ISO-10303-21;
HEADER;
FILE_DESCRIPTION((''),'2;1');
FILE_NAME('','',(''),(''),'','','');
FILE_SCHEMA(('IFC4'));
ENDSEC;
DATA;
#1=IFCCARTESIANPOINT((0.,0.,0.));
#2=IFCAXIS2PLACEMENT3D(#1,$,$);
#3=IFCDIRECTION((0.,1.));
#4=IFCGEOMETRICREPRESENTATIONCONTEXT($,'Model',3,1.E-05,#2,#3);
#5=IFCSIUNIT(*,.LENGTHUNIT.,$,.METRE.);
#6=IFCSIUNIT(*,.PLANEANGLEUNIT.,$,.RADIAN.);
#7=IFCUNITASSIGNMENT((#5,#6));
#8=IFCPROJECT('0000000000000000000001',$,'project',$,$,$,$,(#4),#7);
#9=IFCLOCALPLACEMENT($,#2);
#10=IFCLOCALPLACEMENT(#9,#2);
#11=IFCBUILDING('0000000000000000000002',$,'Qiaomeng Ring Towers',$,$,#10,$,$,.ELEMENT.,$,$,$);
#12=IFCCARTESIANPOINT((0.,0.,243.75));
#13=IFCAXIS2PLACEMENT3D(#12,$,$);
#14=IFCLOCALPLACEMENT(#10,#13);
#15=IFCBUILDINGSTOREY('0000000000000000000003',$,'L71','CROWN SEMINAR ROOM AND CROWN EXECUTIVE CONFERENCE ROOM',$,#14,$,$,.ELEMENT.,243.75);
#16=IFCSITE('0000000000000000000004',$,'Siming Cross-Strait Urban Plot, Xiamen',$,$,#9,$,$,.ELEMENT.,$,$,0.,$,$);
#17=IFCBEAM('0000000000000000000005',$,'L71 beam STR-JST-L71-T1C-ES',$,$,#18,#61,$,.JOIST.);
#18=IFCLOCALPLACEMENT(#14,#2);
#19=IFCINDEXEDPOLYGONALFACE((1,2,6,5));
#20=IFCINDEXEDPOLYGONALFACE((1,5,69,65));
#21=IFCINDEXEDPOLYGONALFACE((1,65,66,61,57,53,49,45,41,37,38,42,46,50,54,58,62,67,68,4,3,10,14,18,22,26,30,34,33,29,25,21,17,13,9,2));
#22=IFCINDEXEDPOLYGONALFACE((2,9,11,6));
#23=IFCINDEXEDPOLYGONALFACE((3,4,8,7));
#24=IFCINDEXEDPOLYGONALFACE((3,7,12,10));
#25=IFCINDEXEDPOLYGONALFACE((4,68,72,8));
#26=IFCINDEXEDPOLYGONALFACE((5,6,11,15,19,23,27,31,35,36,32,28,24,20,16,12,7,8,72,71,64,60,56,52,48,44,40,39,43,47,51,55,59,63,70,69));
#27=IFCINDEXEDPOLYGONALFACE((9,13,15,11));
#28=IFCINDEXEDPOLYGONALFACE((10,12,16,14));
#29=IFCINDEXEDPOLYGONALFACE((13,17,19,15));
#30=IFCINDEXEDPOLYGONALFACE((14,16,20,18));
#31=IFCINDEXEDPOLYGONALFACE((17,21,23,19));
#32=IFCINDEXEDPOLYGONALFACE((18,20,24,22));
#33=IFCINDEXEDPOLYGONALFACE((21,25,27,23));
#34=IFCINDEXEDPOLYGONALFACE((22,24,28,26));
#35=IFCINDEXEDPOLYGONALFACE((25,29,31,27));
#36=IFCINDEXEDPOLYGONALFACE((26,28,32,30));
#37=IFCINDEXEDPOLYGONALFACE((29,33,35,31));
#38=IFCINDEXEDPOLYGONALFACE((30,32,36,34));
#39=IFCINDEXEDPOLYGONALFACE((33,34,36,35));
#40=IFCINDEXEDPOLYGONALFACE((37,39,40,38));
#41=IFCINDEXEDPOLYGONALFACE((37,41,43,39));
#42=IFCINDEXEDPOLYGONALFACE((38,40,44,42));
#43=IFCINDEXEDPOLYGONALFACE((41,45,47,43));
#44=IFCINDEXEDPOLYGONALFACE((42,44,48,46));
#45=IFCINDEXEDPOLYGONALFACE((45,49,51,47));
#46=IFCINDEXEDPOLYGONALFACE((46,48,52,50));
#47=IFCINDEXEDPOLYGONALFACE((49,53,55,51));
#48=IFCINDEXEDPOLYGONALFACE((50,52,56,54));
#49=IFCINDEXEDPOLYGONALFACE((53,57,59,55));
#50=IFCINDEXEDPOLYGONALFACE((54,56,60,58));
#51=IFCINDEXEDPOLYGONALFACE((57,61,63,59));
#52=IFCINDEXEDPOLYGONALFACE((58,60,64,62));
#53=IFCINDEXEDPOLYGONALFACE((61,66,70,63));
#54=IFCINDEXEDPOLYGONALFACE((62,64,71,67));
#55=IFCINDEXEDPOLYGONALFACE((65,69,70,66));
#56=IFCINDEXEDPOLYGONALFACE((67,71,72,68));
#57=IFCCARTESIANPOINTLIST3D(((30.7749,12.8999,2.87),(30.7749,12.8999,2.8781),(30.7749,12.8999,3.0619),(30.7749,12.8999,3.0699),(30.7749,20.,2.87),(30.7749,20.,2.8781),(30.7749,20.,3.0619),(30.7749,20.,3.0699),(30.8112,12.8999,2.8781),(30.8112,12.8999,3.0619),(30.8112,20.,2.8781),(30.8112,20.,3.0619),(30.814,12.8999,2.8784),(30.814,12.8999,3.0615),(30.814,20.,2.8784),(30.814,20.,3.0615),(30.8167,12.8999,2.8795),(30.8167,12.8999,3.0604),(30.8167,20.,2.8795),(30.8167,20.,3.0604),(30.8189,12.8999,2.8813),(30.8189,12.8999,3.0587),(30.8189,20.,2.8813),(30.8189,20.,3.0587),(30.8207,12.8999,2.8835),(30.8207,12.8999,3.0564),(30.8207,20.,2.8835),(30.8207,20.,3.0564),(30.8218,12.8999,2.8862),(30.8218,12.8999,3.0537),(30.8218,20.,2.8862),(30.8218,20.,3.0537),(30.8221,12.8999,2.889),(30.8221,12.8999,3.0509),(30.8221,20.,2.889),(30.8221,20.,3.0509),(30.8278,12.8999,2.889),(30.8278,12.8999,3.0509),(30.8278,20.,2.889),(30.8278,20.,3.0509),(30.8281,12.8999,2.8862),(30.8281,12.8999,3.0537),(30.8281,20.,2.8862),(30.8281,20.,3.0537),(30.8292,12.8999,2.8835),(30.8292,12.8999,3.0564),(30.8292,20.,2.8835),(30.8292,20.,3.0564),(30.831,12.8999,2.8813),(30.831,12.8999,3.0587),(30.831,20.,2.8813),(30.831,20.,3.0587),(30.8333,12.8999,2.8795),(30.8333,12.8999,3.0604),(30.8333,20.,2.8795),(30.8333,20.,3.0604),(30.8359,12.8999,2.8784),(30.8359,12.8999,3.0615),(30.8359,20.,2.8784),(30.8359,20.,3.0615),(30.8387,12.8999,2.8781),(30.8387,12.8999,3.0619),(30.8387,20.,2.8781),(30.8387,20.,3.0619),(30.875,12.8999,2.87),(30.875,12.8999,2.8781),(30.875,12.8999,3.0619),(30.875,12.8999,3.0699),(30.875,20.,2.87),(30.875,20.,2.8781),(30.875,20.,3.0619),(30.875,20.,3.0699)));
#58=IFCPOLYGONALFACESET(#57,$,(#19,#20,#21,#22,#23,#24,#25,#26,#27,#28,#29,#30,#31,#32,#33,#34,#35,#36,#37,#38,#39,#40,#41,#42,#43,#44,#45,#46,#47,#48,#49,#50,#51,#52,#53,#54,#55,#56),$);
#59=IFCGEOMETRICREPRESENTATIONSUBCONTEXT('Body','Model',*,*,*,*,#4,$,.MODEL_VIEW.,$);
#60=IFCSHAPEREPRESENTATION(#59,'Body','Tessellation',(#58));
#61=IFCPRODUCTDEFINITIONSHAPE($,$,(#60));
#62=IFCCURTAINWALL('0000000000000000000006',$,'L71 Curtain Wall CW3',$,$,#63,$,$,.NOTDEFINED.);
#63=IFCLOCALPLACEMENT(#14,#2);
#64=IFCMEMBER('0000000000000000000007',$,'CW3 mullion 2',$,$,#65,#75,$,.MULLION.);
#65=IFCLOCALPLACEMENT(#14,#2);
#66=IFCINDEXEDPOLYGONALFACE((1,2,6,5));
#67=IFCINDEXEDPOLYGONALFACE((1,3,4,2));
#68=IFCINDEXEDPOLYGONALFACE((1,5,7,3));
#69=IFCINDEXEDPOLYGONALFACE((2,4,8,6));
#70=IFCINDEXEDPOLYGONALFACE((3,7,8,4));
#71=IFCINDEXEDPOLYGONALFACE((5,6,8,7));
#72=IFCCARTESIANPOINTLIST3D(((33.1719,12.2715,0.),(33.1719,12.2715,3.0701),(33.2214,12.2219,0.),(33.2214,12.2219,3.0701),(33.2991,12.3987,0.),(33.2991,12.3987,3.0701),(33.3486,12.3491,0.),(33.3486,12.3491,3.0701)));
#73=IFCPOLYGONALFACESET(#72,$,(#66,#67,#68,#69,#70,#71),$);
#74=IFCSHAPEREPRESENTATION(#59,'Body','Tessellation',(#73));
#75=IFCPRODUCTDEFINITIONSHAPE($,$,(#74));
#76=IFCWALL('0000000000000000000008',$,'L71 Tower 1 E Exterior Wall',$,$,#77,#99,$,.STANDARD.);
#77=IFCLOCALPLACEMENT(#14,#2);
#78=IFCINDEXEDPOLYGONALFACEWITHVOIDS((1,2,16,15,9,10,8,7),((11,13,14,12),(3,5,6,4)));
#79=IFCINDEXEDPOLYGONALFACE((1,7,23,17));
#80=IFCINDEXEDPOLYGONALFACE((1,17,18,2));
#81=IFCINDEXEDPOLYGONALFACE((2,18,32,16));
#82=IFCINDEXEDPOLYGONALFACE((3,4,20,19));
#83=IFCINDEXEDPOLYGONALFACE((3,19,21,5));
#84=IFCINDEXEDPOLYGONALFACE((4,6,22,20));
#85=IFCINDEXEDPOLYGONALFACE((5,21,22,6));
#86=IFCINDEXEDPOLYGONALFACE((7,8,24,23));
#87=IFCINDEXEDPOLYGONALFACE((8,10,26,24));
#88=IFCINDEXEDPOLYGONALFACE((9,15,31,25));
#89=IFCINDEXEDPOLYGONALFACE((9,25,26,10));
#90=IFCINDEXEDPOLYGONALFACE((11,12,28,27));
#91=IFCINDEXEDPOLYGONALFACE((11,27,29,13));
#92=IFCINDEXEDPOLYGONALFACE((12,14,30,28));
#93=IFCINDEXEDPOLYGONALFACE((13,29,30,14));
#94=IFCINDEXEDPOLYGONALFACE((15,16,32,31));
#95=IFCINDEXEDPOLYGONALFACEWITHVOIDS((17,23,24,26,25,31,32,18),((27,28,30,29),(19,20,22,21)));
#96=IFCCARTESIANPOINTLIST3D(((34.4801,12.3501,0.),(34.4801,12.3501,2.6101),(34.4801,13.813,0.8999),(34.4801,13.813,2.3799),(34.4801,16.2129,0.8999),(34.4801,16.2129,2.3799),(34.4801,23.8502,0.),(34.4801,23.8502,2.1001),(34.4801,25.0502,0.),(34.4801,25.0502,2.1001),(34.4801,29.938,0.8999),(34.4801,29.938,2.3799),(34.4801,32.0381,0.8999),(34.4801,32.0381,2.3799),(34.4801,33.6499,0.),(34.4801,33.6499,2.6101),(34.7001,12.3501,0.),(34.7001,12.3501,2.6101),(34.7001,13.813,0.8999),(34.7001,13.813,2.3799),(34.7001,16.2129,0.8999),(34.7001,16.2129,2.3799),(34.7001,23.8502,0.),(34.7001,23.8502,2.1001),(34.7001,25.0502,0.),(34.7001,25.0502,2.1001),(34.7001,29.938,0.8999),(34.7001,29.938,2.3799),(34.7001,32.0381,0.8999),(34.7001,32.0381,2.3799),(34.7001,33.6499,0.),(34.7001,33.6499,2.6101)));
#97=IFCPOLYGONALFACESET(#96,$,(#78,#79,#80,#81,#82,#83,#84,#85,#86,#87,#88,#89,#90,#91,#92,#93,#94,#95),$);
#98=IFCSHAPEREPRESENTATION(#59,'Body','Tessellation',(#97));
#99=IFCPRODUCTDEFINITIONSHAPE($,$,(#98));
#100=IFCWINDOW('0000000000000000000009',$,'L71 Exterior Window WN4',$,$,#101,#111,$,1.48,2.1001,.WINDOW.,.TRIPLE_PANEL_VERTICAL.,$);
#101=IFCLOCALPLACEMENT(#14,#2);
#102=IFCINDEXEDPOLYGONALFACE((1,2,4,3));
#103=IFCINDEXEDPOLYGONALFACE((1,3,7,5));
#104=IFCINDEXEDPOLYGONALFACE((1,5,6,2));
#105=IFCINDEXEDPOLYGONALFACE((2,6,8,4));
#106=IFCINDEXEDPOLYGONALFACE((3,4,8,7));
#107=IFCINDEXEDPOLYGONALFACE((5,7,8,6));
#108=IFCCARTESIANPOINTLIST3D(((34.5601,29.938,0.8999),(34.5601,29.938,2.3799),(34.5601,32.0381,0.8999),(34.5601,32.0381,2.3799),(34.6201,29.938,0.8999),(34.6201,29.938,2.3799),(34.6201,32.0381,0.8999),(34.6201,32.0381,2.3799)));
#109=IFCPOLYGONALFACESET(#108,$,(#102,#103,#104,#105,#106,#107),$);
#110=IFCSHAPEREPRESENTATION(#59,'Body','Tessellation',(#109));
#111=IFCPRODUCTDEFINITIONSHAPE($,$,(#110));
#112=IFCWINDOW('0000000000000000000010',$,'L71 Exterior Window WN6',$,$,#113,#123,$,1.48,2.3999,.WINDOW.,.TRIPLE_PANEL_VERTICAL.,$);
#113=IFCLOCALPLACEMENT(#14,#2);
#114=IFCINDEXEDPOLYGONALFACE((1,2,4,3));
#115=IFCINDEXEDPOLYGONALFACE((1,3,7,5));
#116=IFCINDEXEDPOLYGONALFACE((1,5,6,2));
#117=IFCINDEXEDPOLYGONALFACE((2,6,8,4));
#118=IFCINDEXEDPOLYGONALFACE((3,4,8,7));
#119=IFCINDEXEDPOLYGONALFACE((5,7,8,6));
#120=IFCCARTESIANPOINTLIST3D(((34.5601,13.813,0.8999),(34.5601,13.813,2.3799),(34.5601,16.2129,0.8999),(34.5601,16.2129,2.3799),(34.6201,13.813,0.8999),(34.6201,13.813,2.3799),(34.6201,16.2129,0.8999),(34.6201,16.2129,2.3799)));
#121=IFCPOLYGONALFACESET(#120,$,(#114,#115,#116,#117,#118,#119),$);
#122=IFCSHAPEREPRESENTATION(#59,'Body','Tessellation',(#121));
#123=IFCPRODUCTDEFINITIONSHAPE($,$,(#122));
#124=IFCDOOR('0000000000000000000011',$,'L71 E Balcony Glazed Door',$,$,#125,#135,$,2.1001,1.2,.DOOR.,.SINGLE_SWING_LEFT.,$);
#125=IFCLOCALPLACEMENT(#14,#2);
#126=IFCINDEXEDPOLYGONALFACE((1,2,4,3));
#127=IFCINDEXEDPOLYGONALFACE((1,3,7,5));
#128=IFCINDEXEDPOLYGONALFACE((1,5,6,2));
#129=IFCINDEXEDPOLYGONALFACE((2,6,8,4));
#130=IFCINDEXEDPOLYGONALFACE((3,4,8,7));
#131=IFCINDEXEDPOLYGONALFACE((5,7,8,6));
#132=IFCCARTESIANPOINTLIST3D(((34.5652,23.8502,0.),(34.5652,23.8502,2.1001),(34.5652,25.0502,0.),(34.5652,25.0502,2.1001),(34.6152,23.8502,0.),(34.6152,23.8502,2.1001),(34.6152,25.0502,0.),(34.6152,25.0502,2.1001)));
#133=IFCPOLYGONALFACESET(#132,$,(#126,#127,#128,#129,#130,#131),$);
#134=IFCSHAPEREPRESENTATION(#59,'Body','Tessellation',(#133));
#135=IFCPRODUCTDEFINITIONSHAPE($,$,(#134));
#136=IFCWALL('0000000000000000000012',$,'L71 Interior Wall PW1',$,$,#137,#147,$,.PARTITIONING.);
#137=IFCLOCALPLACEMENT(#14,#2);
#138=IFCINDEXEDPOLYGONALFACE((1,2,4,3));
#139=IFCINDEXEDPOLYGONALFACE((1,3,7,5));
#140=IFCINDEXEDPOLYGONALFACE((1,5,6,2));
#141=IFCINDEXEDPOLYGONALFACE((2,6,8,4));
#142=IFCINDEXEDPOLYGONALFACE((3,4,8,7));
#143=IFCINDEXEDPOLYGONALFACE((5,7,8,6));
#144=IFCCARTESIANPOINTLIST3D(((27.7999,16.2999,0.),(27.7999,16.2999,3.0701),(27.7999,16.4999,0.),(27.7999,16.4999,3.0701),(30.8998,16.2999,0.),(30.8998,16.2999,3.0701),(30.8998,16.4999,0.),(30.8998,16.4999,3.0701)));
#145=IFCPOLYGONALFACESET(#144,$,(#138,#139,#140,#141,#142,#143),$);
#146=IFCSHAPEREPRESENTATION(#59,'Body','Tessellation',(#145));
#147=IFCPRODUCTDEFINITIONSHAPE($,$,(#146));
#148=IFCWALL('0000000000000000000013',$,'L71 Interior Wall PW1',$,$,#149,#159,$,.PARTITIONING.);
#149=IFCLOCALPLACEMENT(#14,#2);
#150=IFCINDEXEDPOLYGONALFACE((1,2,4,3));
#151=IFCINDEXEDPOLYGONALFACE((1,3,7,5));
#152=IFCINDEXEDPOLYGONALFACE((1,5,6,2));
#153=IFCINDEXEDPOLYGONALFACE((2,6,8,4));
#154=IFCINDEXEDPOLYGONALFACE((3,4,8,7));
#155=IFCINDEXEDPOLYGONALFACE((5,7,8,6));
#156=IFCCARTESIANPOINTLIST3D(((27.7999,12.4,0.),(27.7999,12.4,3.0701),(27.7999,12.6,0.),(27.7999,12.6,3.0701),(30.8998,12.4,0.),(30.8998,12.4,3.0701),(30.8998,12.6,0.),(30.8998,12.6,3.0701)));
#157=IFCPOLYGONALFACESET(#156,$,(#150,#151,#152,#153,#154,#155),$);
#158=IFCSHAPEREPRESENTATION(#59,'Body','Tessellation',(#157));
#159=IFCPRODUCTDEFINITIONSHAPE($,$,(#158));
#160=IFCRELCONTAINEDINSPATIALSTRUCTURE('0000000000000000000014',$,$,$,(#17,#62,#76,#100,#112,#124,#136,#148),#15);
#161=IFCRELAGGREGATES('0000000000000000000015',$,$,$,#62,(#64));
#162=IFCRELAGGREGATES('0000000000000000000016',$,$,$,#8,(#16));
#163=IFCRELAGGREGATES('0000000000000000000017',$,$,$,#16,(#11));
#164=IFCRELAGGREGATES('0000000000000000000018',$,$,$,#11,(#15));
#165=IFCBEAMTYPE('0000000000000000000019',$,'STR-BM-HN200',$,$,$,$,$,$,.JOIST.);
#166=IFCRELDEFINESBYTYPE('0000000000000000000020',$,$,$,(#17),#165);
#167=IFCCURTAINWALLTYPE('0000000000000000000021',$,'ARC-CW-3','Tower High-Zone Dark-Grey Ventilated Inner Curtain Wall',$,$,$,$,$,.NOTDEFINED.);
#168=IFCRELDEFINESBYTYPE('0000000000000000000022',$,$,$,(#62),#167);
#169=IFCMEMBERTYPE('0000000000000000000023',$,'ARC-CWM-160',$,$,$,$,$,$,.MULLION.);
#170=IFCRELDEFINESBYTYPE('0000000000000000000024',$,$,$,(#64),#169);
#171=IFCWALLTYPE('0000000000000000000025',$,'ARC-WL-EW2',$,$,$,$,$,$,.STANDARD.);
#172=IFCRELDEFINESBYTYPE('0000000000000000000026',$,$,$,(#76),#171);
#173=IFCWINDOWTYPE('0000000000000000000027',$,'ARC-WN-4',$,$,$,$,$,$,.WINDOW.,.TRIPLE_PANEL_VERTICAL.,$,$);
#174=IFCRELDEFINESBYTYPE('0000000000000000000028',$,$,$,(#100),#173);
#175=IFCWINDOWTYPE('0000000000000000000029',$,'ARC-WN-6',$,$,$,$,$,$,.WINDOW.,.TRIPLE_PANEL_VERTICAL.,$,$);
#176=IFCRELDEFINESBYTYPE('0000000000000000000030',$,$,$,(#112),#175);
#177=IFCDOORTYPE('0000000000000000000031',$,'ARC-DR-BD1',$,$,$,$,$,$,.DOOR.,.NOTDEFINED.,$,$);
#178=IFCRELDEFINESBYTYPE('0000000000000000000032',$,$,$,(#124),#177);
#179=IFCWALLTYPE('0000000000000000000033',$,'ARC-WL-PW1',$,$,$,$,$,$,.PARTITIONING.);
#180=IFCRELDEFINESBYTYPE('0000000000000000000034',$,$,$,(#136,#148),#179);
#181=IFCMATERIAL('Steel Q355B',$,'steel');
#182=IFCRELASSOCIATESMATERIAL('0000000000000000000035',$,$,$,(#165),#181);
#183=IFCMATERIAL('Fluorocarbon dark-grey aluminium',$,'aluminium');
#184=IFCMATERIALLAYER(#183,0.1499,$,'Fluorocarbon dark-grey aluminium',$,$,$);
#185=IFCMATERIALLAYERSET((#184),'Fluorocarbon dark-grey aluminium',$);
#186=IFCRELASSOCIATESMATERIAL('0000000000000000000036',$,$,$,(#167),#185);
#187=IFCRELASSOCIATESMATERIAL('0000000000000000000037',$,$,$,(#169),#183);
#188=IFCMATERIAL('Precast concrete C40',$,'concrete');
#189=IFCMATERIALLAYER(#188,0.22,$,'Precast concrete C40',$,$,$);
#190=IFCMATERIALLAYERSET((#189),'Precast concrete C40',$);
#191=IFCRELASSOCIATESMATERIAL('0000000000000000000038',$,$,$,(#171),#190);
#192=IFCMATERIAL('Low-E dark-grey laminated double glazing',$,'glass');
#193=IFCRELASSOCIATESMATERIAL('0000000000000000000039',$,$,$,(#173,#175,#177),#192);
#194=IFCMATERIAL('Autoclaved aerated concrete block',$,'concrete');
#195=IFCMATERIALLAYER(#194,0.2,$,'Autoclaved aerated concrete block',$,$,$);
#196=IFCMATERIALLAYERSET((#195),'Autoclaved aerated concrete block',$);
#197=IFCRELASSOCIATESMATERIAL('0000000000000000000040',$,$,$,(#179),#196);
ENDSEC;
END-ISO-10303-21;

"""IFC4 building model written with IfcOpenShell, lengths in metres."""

from ifc_helpers import new_model, si_unit, direction, frame, frame_2d, origin, origin_2d, place, context, subcontext, project, spatial, rectangle, i_section, extrude, source, transform, mapped, material, layer, layer_set, material_profile, profile_set, type_object, element, fill, aggregate, save


model = new_model("IFC4")

# Units and contexts
model_context = context("Model", 3, precision=1e-05, world=origin(), true_north=direction((0.0, 1.0)))
body_context = subcontext(model_context, "Body", "Model", "MODEL_VIEW")
ifc_project = project(units=[si_unit("LENGTHUNIT", "METRE"), si_unit("PLANEANGLEUNIT", "RADIAN")], contexts=[model_context])

# Site, building, storey
site_placement = place(None, origin())
site = spatial("IfcSite", under=ifc_project, at=site_placement, Name="Siming Cross-Strait Urban Plot, Xiamen", CompositionType="ELEMENT", RefElevation=0.0)
building_placement = place(site_placement, origin())
building = spatial("IfcBuilding", under=site, at=building_placement, Name="Qiaomeng Ring Towers", CompositionType="ELEMENT")
storey_placement = place(building_placement, frame((0.0, 0.0, 243.75)))
storey = spatial("IfcBuildingStorey", under=building, at=storey_placement, Name="L71", Description="CROWN SEMINAR ROOM AND CROWN EXECUTIVE CONFERENCE ROOM", CompositionType="ELEMENT", Elevation=243.75)

# Beam
ifc_material_1 = material(Name="Steel Q355B", Category="steel")
ifc_material_profile_1 = material_profile(ifc_material_1, i_section(OverallWidth=0.1001, OverallDepth=0.2, WebThickness=0.0056, FlangeThickness=0.0081, FilletRadius=0.011, at=origin_2d()), Name="HN 200x100x5.5x8")
ifc_profile_set_1 = profile_set([ifc_material_profile_1], Name="Steel Q355B")
beam_type_1 = type_object("IfcBeamType", Name="STR-BM-HN200", PredefinedType="JOIST", material=ifc_profile_set_1)
shared_shape_1 = source(origin(), body_context, "Body", "SweptSolid", [
    extrude(i_section(OverallWidth=0.1001, OverallDepth=0.2, WebThickness=0.0056, FlangeThickness=0.0081, FilletRadius=0.011, at=origin_2d()), origin(), (0.0, 0.0, 1.0), 7.1001),
])
beam_1_placement = place(storey_placement, frame((30.825, 12.8999, 2.97), z_axis=(0.0, 1.0, 0.0), x_axis=(-1.0, 0.0, 0.0)))
element("IfcBeam", 1, at=beam_1_placement, inside=storey, type_object=beam_type_1, Name="L71 beam STR-JST-L71-T1C-ES", PredefinedType="JOIST", context=body_context, shape_type="MappedRepresentation", body=[
    mapped(shared_shape_1, transform((0.0, 0.0, 0.0), x_axis=(1.0, 0.0, 0.0), y_axis=(0.0, 1.0, 0.0), z_axis=(0.0, 0.0, 1.0), scale=1.0)),
])

# Curtain wall, member
ifc_material_2 = material(Name="Fluorocarbon dark-grey aluminium", Category="aluminium")
ifc_layer_1 = layer(ifc_material_2, 0.1499, Name="Fluorocarbon dark-grey aluminium")
ifc_layer_set_1 = layer_set([ifc_layer_1], Name="Fluorocarbon dark-grey aluminium")
curtain_wall_type = type_object("IfcCurtainWallType", Name="ARC-CW-3", Description="Tower High-Zone Dark-Grey Ventilated Inner Curtain Wall", PredefinedType="NOTDEFINED", material=ifc_layer_set_1)
curtain_wall_placement = place(storey_placement, origin())
curtain_wall = element("IfcCurtainWall", 2, at=curtain_wall_placement, inside=storey, type_object=curtain_wall_type, Name="L71 Curtain Wall CW3", PredefinedType="NOTDEFINED")
ifc_material_profile_2 = material_profile(ifc_material_2, rectangle(XDim=0.0701, YDim=0.1799, at=origin_2d()), Name="ALU MULL 70x180")
ifc_profile_set_2 = profile_set([ifc_material_profile_2], Name="Fluorocarbon dark-grey aluminium")
member_type = type_object("IfcMemberType", Name="ARC-CWM-160", PredefinedType="MULLION", material=ifc_profile_set_2)
shared_shape_2 = source(origin(), body_context, "Body", "SweptSolid", [
    extrude(rectangle(XDim=0.0701, YDim=0.1799, at=origin_2d()), origin(), (0.0, 0.0, 1.0), 3.0701),
])
member_placement = place(storey_placement, frame((33.2603, 12.3103, 0.0), z_axis=(0.0, 0.0, 1.0), x_axis=(-0.707107, 0.707107, 0.0)))
member = element("IfcMember", 3, at=member_placement, type_object=member_type, Name="CW3 mullion 2", PredefinedType="MULLION", context=body_context, shape_type="MappedRepresentation", body=[
    mapped(shared_shape_2, transform((0.0, 0.0, 0.0), x_axis=(1.0, 0.0, 0.0), y_axis=(0.0, 1.0, 0.0), z_axis=(0.0, 0.0, 1.0), scale=1.0)),
])
aggregate(curtain_wall, [member])

# Wall, openings, windows, door
ifc_material_3 = material(Name="Precast concrete C40", Category="concrete")
ifc_layer_2 = layer(ifc_material_3, 0.22, Name="Precast concrete C40")
ifc_layer_set_2 = layer_set([ifc_layer_2], Name="Precast concrete C40")
wall_type_1 = type_object("IfcWallType", Name="ARC-WL-EW2", PredefinedType="STANDARD", material=ifc_layer_set_2)
wall_1_placement = place(storey_placement, frame((34.5901, 12.3501, 0.0), z_axis=(0.0, 0.0, 1.0), x_axis=(0.0, 1.0, 0.0)))
wall_1 = element("IfcWall", 4, at=wall_1_placement, inside=storey, type_object=wall_type_1, Name="L71 Tower 1 E Exterior Wall", PredefinedType="STANDARD", context=body_context, shape_type="SweptSolid", body=[
    extrude(rectangle(XDim=21.2998, YDim=0.22, at=frame_2d((10.6499, 0.0))), origin(), (0.0, 0.0, 1.0), 2.6101),
])
opening_1_placement = place(wall_1_placement, frame((11.5, 0.0, 0.0)))
opening_1 = element("IfcOpeningElement", 5, at=opening_1_placement, cuts=wall_1, PredefinedType="OPENING", context=body_context, shape_type="SweptSolid", body=[
    extrude(rectangle(XDim=1.2, YDim=2.1001, at=frame_2d((0.6001, 1.05))), frame((0.0, 0.1199, 0.0), z_axis=(0.0, -1.0, 0.0), x_axis=(1.0, 0.0, 0.0)), (0.0, 0.0, 1.0), 0.24),
])
opening_2_placement = place(wall_1_placement, frame((1.4629, 0.0, 0.8999)))
opening_2 = element("IfcOpeningElement", 6, at=opening_2_placement, cuts=wall_1, PredefinedType="OPENING", context=body_context, shape_type="SweptSolid", body=[
    extrude(rectangle(XDim=2.3999, YDim=1.48, at=frame_2d((1.2, 0.74))), frame((0.0, 0.1199, 0.0), z_axis=(0.0, -1.0, 0.0), x_axis=(1.0, 0.0, 0.0)), (0.0, 0.0, 1.0), 0.24),
])
opening_3_placement = place(wall_1_placement, frame((17.5879, 0.0, 0.8999)))
opening_3 = element("IfcOpeningElement", 7, at=opening_3_placement, cuts=wall_1, PredefinedType="OPENING", context=body_context, shape_type="SweptSolid", body=[
    extrude(rectangle(XDim=2.1001, YDim=1.48, at=frame_2d((1.05, 0.74))), frame((0.0, 0.1199, 0.0), z_axis=(0.0, -1.0, 0.0), x_axis=(1.0, 0.0, 0.0)), (0.0, 0.0, 1.0), 0.24),
])
ifc_material_4 = material(Name="Low-E dark-grey laminated double glazing", Category="glass")
window_type_1 = type_object("IfcWindowType", Name="ARC-WN-4", PartitioningType="TRIPLE_PANEL_VERTICAL", PredefinedType="WINDOW", material=ifc_material_4)
shared_shape_3 = source(origin(), body_context, "Body", "SweptSolid", [
    extrude(rectangle(XDim=2.1001, YDim=1.48, at=frame_2d((1.05, 0.74))), frame((0.0, 0.03, 0.0), z_axis=(0.0, -1.0, 0.0), x_axis=(1.0, 0.0, 0.0)), (0.0, 0.0, 1.0), 0.0601),
])
window_1_placement = place(opening_3_placement, origin())
window_1 = element("IfcWindow", 8, at=window_1_placement, inside=storey, type_object=window_type_1, Name="L71 Exterior Window WN4", OverallHeight=1.48, OverallWidth=2.1001, PartitioningType="TRIPLE_PANEL_VERTICAL", PredefinedType="WINDOW", context=body_context, shape_type="MappedRepresentation", body=[
    mapped(shared_shape_3, transform((0.0, 0.0, 0.0), x_axis=(1.0, 0.0, 0.0), y_axis=(0.0, 1.0, 0.0), z_axis=(0.0, 0.0, 1.0), scale=1.0)),
])
fill(opening_3, window_1)
window_type_2 = type_object("IfcWindowType", Name="ARC-WN-6", PartitioningType="TRIPLE_PANEL_VERTICAL", PredefinedType="WINDOW", material=ifc_material_4)
shared_shape_4 = source(origin(), body_context, "Body", "SweptSolid", [
    extrude(rectangle(XDim=2.3999, YDim=1.48, at=frame_2d((1.2, 0.74))), frame((0.0, 0.03, 0.0), z_axis=(0.0, -1.0, 0.0), x_axis=(1.0, 0.0, 0.0)), (0.0, 0.0, 1.0), 0.0601),
])
window_2_placement = place(opening_2_placement, origin())
window_2 = element("IfcWindow", 9, at=window_2_placement, inside=storey, type_object=window_type_2, Name="L71 Exterior Window WN6", OverallHeight=1.48, OverallWidth=2.3999, PartitioningType="TRIPLE_PANEL_VERTICAL", PredefinedType="WINDOW", context=body_context, shape_type="MappedRepresentation", body=[
    mapped(shared_shape_4, transform((0.0, 0.0, 0.0), x_axis=(1.0, 0.0, 0.0), y_axis=(0.0, 1.0, 0.0), z_axis=(0.0, 0.0, 1.0), scale=1.0)),
])
fill(opening_2, window_2)
door_type_1 = type_object("IfcDoorType", Name="ARC-DR-BD1", OperationType="NOTDEFINED", PredefinedType="DOOR", material=ifc_material_4)
shared_shape_5 = source(origin(), body_context, "Body", "SweptSolid", [
    extrude(rectangle(XDim=1.2, YDim=2.1001, at=frame_2d((0.6001, 1.05))), frame((0.0, 0.0249, 0.0), z_axis=(0.0, -1.0, 0.0), x_axis=(1.0, 0.0, 0.0)), (0.0, 0.0, 1.0), 0.05),
])
door_1_placement = place(opening_1_placement, origin())
door_1 = element("IfcDoor", 10, at=door_1_placement, inside=storey, type_object=door_type_1, Name="L71 E Balcony Glazed Door", OperationType="SINGLE_SWING_LEFT", OverallHeight=2.1001, OverallWidth=1.2, PredefinedType="DOOR", context=body_context, shape_type="MappedRepresentation", body=[
    mapped(shared_shape_5, transform((0.0, 0.0, 0.0), x_axis=(1.0, 0.0, 0.0), y_axis=(0.0, 1.0, 0.0), z_axis=(0.0, 0.0, 1.0), scale=1.0)),
])
fill(opening_1, door_1)

# Walls
ifc_material_5 = material(Name="Autoclaved aerated concrete block", Category="concrete")
ifc_layer_3 = layer(ifc_material_5, 0.2, Name="Autoclaved aerated concrete block")
ifc_layer_set_3 = layer_set([ifc_layer_3], Name="Autoclaved aerated concrete block")
wall_type_2 = type_object("IfcWallType", Name="ARC-WL-PW1", PredefinedType="PARTITIONING", material=ifc_layer_set_3)
for number, where, z_axis, x_axis, name in (
    (11, (27.8, 16.3999, 0.0), (0.0, 0.0, 1.0), (1.0, 0.0, 0.0), "L71 Interior Wall PW1"),
    (12, (27.8, 12.5, 0.0), (0.0, 0.0, 1.0), (1.0, 0.0, 0.0), "L71 Interior Wall PW1"),
):
    element("IfcWall", number, at=place(storey_placement, frame(where, z_axis=z_axis, x_axis=x_axis)), inside=storey, type_object=wall_type_2, Name=name, PredefinedType="PARTITIONING", context=body_context, shape_type="SweptSolid", body=[
        extrude(rectangle(XDim=3.0999, YDim=0.2, at=frame_2d((1.5498, 0.0))), origin(), (0.0, 0.0, 1.0), 3.0701),
    ])

save(model, "model.ifc")
